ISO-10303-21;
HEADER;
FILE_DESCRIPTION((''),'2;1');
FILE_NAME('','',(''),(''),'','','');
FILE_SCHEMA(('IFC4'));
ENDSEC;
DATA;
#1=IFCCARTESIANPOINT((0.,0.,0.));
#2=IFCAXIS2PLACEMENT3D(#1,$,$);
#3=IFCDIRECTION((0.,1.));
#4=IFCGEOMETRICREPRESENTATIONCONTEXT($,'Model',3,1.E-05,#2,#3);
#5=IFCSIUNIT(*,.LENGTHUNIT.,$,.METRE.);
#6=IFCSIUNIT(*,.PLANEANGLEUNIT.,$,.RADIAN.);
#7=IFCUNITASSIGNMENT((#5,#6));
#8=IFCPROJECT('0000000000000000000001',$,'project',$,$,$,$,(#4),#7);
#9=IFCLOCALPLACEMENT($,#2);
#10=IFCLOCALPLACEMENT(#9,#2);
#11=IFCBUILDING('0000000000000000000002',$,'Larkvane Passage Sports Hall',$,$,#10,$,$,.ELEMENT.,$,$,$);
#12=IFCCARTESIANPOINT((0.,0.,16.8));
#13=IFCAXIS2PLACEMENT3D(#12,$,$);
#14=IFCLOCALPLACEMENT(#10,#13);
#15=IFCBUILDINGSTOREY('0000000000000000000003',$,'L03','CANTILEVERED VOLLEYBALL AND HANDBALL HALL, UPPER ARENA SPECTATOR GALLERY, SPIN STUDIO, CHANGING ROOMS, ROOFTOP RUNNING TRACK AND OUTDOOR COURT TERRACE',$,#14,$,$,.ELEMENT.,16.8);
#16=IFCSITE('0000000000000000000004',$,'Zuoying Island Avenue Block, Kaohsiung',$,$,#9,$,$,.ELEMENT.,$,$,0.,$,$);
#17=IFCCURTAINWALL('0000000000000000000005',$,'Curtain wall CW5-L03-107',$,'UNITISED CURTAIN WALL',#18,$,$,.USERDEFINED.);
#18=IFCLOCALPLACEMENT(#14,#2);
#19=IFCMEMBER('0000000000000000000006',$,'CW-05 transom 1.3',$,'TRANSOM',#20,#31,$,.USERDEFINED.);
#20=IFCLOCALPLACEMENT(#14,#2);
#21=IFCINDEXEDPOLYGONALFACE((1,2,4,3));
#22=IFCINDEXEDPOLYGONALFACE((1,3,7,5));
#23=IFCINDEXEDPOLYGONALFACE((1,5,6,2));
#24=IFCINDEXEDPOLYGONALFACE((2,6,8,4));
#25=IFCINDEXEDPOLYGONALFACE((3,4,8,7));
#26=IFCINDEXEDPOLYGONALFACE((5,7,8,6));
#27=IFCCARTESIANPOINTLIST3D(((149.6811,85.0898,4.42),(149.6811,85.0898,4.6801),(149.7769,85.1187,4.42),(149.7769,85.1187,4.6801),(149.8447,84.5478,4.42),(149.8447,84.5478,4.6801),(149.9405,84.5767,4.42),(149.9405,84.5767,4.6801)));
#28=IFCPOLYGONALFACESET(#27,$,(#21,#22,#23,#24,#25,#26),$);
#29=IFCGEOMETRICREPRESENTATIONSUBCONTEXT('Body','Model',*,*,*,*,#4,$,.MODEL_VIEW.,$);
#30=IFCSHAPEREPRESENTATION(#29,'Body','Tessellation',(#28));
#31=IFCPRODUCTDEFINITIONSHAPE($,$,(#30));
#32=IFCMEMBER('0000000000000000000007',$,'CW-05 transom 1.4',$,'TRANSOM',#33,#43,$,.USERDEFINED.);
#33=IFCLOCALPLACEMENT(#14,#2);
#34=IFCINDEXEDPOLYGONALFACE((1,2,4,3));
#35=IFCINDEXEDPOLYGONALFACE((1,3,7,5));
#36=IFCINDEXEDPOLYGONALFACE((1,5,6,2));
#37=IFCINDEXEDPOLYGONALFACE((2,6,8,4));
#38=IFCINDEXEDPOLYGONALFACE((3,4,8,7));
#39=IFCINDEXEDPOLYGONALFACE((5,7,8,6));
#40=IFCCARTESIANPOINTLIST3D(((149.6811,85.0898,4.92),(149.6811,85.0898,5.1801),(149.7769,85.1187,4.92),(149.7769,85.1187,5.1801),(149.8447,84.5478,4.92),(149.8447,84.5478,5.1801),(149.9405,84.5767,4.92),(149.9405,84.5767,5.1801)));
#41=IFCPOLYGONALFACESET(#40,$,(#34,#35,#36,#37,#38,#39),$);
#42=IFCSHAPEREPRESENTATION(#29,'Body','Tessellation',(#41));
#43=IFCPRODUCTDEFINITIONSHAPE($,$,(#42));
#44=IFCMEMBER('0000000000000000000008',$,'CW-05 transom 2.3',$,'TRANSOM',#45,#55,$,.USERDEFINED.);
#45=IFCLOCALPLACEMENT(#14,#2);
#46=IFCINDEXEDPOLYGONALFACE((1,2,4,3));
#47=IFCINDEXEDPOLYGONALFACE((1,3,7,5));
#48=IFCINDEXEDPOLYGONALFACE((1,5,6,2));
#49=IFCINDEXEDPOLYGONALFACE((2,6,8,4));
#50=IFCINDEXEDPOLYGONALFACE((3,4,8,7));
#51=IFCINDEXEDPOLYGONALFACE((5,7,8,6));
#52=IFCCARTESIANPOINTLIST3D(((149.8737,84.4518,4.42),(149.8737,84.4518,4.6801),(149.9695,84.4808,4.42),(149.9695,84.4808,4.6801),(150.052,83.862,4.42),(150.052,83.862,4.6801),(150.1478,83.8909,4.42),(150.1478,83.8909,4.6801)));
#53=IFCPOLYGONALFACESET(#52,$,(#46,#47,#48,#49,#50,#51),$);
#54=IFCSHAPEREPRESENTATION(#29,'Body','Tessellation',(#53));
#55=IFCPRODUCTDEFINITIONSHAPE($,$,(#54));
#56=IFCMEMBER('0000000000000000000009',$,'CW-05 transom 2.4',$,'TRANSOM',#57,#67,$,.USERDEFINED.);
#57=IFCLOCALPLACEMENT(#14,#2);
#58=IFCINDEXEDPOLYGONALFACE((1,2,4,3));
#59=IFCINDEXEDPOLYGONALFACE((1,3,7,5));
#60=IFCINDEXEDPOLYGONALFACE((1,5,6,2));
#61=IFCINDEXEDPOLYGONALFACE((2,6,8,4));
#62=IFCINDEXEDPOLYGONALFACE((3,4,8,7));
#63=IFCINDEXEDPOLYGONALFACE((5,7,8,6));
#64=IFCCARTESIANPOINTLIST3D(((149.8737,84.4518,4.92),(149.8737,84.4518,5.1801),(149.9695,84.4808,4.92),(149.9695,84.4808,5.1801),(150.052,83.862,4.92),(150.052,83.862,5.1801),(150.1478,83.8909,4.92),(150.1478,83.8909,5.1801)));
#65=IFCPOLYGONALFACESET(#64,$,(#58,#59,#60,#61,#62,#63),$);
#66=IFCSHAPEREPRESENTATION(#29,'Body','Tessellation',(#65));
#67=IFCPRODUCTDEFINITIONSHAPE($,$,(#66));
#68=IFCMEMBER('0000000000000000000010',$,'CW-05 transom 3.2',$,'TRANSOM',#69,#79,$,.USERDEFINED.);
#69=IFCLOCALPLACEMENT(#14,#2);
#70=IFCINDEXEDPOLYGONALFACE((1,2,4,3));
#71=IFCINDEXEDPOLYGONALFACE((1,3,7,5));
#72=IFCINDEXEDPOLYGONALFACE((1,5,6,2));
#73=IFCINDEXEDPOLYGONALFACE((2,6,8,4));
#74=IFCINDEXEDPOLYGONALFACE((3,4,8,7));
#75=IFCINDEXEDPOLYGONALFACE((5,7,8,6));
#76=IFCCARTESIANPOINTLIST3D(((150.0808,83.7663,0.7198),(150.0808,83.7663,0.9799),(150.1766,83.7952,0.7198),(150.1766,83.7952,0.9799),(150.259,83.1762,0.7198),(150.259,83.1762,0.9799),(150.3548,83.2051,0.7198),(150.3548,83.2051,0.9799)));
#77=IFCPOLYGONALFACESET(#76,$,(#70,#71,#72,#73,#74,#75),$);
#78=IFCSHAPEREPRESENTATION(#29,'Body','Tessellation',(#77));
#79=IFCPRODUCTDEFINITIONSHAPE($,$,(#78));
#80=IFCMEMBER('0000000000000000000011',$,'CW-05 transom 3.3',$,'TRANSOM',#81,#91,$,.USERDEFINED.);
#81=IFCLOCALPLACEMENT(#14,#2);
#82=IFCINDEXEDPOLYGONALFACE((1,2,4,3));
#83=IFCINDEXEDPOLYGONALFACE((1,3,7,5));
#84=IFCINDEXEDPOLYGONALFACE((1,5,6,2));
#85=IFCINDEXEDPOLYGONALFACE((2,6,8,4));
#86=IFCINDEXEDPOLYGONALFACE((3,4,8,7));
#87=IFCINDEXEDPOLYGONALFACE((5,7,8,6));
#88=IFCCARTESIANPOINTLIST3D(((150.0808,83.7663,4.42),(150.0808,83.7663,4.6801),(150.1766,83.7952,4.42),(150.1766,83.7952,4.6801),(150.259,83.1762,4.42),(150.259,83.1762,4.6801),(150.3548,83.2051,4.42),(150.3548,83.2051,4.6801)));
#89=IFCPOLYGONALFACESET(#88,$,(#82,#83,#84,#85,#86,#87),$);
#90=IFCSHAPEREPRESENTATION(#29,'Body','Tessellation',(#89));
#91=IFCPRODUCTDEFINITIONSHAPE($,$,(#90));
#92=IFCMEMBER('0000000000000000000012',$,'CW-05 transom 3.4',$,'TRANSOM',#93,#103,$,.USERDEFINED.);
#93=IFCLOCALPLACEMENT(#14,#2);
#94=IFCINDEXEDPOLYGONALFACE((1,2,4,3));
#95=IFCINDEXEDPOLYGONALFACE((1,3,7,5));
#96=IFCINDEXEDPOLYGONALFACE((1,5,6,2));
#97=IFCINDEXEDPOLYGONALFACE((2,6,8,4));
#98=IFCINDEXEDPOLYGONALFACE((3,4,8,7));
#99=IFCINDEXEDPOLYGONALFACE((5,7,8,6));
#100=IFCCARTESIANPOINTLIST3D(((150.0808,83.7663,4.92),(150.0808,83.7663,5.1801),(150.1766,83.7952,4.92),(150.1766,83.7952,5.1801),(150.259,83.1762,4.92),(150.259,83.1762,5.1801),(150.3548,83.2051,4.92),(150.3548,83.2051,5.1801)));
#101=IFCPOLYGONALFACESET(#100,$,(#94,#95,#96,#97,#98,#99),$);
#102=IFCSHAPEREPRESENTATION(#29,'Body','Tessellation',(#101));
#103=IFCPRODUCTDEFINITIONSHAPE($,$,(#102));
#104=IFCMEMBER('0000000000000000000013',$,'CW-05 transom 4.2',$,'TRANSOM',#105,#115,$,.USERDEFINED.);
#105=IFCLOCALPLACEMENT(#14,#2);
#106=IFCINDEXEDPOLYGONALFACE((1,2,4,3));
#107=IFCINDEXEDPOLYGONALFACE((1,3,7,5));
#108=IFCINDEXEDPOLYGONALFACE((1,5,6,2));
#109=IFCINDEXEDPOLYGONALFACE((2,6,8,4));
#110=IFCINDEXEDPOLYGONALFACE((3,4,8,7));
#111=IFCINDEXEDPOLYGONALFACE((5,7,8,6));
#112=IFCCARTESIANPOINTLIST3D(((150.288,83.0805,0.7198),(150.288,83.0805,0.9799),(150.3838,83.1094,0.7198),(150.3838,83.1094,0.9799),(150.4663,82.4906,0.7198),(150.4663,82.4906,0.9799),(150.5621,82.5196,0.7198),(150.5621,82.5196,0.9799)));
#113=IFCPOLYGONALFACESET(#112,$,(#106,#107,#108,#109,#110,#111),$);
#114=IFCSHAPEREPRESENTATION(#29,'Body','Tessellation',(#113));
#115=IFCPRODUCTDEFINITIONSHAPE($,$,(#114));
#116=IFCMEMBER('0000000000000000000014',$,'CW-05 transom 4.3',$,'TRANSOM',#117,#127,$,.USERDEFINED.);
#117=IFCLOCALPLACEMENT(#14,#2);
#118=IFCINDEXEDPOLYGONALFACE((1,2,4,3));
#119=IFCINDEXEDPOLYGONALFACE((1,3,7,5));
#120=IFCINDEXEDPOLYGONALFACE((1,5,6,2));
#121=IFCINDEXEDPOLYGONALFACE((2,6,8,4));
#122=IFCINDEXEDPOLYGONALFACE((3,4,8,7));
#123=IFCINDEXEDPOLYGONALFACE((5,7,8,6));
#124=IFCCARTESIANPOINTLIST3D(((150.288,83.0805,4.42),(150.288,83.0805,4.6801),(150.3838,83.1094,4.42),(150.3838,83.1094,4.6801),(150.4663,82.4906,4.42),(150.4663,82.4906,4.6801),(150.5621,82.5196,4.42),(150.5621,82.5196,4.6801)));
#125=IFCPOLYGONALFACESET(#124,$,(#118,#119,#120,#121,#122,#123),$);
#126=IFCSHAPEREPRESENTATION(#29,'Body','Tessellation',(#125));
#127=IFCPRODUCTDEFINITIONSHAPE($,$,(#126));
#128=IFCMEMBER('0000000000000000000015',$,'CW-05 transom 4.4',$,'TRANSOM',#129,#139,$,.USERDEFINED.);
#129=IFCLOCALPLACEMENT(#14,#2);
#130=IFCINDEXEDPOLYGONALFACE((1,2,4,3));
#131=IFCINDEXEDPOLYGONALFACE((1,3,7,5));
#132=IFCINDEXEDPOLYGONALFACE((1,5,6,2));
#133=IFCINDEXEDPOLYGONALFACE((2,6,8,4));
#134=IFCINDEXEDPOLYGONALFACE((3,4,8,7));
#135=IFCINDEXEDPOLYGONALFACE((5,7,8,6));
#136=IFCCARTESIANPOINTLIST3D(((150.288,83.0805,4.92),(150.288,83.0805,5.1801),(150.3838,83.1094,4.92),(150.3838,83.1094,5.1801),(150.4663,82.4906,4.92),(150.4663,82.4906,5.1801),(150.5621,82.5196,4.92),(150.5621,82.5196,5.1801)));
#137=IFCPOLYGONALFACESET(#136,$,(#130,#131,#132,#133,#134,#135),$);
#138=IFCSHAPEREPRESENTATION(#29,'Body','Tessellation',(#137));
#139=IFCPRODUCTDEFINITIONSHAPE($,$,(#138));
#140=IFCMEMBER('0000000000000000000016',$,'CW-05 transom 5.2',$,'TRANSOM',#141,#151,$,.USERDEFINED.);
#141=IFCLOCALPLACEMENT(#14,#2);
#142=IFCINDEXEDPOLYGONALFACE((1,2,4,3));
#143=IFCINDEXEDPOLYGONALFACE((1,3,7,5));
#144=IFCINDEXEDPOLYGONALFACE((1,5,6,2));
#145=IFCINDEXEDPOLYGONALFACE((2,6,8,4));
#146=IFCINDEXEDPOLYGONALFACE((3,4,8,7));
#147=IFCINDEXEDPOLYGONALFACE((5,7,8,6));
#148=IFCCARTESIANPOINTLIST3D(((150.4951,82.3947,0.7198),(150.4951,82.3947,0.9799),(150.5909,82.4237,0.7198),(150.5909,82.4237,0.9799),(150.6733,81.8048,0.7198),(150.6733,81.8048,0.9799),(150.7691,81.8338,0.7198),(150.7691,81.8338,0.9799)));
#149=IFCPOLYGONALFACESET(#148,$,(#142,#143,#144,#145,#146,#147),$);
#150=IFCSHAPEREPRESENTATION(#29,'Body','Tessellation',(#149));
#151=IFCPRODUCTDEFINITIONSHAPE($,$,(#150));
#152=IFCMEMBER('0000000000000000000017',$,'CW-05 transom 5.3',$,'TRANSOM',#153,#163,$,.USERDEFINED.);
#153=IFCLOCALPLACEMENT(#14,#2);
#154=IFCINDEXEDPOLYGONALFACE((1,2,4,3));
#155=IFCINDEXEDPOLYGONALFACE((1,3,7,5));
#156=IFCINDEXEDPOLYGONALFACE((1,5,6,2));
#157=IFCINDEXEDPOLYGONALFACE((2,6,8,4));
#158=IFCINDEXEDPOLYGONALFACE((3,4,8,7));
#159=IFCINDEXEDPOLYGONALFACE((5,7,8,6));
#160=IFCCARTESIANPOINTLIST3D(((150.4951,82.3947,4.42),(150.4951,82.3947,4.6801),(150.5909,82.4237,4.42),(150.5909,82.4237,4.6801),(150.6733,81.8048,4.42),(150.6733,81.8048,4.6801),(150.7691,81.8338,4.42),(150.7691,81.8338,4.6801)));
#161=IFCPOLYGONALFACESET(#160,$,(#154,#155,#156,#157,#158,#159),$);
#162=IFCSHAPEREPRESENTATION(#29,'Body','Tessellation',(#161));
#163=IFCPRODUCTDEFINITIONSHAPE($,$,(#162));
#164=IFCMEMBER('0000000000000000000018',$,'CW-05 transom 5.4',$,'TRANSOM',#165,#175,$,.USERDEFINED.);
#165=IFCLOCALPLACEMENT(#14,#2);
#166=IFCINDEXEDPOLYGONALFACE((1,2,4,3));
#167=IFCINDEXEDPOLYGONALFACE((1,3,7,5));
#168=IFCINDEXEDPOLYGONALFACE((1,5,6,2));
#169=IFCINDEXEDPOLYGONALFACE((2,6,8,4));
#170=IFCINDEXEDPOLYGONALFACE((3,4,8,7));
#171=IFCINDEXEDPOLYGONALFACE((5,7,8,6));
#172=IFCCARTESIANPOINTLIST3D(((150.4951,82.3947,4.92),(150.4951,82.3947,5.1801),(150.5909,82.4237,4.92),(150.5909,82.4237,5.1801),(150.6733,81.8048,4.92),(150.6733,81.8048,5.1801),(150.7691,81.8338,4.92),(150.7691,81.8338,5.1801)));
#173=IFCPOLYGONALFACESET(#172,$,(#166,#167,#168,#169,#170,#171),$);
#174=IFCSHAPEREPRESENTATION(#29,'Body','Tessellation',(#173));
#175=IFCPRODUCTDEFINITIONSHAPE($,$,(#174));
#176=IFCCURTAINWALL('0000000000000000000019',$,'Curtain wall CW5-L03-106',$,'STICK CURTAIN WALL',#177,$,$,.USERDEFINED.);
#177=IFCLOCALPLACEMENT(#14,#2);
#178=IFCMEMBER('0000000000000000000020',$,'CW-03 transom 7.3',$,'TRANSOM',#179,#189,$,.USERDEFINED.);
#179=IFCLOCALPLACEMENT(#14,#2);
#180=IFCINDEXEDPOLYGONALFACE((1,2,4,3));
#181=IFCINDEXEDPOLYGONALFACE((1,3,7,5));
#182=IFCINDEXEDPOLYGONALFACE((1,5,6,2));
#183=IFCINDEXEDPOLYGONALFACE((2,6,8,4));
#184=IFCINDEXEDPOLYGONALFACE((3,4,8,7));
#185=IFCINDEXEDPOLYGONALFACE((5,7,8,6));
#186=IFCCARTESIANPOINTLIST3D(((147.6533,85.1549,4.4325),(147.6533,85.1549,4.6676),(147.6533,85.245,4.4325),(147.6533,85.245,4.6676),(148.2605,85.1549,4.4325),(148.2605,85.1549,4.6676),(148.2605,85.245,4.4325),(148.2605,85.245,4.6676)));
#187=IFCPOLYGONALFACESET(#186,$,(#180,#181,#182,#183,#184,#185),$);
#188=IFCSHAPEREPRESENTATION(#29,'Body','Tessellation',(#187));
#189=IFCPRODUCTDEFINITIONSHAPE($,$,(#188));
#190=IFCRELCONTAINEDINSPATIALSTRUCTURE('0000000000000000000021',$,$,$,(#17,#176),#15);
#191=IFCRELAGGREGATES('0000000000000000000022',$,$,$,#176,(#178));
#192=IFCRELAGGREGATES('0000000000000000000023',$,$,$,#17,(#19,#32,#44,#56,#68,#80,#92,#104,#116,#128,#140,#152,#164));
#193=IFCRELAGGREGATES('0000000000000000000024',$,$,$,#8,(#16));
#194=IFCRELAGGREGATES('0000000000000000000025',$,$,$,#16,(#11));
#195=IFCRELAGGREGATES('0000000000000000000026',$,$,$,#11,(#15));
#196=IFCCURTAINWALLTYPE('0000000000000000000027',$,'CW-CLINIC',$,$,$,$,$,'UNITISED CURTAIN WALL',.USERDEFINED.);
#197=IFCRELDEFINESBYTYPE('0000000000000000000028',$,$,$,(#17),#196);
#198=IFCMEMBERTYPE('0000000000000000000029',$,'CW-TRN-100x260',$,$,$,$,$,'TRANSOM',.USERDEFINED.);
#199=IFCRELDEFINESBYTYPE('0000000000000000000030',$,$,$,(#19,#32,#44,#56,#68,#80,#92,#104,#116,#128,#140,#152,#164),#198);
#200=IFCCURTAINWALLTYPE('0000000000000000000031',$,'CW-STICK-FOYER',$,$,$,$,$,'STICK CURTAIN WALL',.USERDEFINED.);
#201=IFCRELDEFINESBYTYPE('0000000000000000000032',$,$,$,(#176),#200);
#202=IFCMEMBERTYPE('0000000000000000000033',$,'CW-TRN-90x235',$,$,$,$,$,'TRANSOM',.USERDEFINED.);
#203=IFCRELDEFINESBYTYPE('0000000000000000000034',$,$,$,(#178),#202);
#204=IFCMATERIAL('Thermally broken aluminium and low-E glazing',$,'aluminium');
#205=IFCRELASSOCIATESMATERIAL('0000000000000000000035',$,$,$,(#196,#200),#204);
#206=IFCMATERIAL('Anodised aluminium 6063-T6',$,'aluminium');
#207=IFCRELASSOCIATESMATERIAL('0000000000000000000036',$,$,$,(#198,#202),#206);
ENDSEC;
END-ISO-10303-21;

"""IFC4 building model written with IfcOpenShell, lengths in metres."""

from ifc_helpers import new_model, si_unit, direction, frame, origin, origin_2d, place, context, subcontext, project, spatial, rectangle, extrude, material, material_profile, profile_set, type_object, element, aggregate, save


model = new_model("IFC4")

# Units and contexts
model_context = context("Model", 3, precision=1e-05, world=origin(), true_north=direction((0.0, 1.0)))
body_context = subcontext(model_context, "Body", "Model", "MODEL_VIEW")
ifc_project = project(units=[si_unit("LENGTHUNIT", "METRE"), si_unit("PLANEANGLEUNIT", "RADIAN")], contexts=[model_context])

# Site, building, storey
site_placement = place(None, origin())
site = spatial("IfcSite", under=ifc_project, at=site_placement, Name="Zuoying Island Avenue Block, Kaohsiung", CompositionType="ELEMENT", RefElevation=0.0)
building_placement = place(site_placement, origin())
building = spatial("IfcBuilding", under=site, at=building_placement, Name="Larkvane Passage Sports Hall", CompositionType="ELEMENT")
storey_placement = place(building_placement, frame((0.0, 0.0, 16.8)))
storey = spatial("IfcBuildingStorey", under=building, at=storey_placement, Name="L03", Description="CANTILEVERED VOLLEYBALL AND HANDBALL HALL, UPPER ARENA SPECTATOR GALLERY, SPIN STUDIO, CHANGING ROOMS, ROOFTOP RUNNING TRACK AND OUTDOOR COURT TERRACE", CompositionType="ELEMENT", Elevation=16.8)

# Curtain wall, members
ifc_material_1 = material(Name="Thermally broken aluminium and low-E glazing", Category="aluminium")
curtain_wall_type_1 = type_object("IfcCurtainWallType", Name="CW-CLINIC", ElementType="UNITISED CURTAIN WALL", PredefinedType="USERDEFINED", material=ifc_material_1)
curtain_wall_1_placement = place(storey_placement, origin())
curtain_wall_1 = element("IfcCurtainWall", 1, at=curtain_wall_1_placement, inside=storey, type_object=curtain_wall_type_1, Name="Curtain wall CW5-L03-107", ObjectType="UNITISED CURTAIN WALL", PredefinedType="USERDEFINED")
ifc_material_2 = material(Name="Anodised aluminium 6063-T6", Category="aluminium")
ifc_material_profile_1 = material_profile(ifc_material_2, rectangle(XDim=0.1001, YDim=0.26, at=origin_2d()), Name="ALU-TRN-100x260")
ifc_profile_set_1 = profile_set([ifc_material_profile_1], Name="Anodised aluminium 6063-T6")
member_type_1 = type_object("IfcMemberType", Name="CW-TRN-100x260", ElementType="TRANSOM", PredefinedType="USERDEFINED", material=ifc_profile_set_1)
member_1_placement = place(storey_placement, frame((149.729, 85.1042, 4.55), z_axis=(0.28893, -0.95735, 0.0), x_axis=(0.95735, 0.28893, 0.0)))
member_1 = element("IfcMember", 2, at=member_1_placement, type_object=member_type_1, Name="CW-05 transom 1.3", ObjectType="TRANSOM", PredefinedType="USERDEFINED", context=body_context, shape_type="SweptSolid", body=[
    extrude(rectangle(XDim=0.1001, YDim=0.26, at=origin_2d()), origin(), (0.0, 0.0, 1.0), 0.5662),
])
member_2_placement = place(storey_placement, frame((149.729, 85.1042, 5.05), z_axis=(0.28893, -0.95735, 0.0), x_axis=(0.95735, 0.28893, 0.0)))
member_2 = element("IfcMember", 3, at=member_2_placement, type_object=member_type_1, Name="CW-05 transom 1.4", ObjectType="TRANSOM", PredefinedType="USERDEFINED", context=body_context, shape_type="SweptSolid", body=[
    extrude(rectangle(XDim=0.1001, YDim=0.26, at=origin_2d()), origin(), (0.0, 0.0, 1.0), 0.5662),
])
member_3_placement = place(storey_placement, frame((149.9216, 84.4663, 4.55), z_axis=(0.289238, -0.957257, 0.0), x_axis=(0.957257, 0.289238, 0.0)))
member_3 = element("IfcMember", 4, at=member_3_placement, type_object=member_type_1, Name="CW-05 transom 2.3", ObjectType="TRANSOM", PredefinedType="USERDEFINED", context=body_context, shape_type="SweptSolid", body=[
    extrude(rectangle(XDim=0.1001, YDim=0.26, at=origin_2d()), origin(), (0.0, 0.0, 1.0), 0.6162),
])
member_4_placement = place(storey_placement, frame((149.9216, 84.4663, 5.05), z_axis=(0.289238, -0.957257, 0.0), x_axis=(0.957257, 0.289238, 0.0)))
member_4 = element("IfcMember", 5, at=member_4_placement, type_object=member_type_1, Name="CW-05 transom 2.4", ObjectType="TRANSOM", PredefinedType="USERDEFINED", context=body_context, shape_type="SweptSolid", body=[
    extrude(rectangle(XDim=0.1001, YDim=0.26, at=origin_2d()), origin(), (0.0, 0.0, 1.0), 0.6162),
])
member_5_placement = place(storey_placement, frame((150.1287, 83.7808, 0.8499), z_axis=(0.289128, -0.95729, 0.0), x_axis=(0.95729, 0.289128, 0.0)))
member_5 = element("IfcMember", 6, at=member_5_placement, type_object=member_type_1, Name="CW-05 transom 3.2", ObjectType="TRANSOM", PredefinedType="USERDEFINED", context=body_context, shape_type="SweptSolid", body=[
    extrude(rectangle(XDim=0.1001, YDim=0.26, at=origin_2d()), origin(), (0.0, 0.0, 1.0), 0.6165),
])
member_6_placement = place(storey_placement, frame((150.1287, 83.7808, 4.55), z_axis=(0.289128, -0.95729, 0.0), x_axis=(0.95729, 0.289128, 0.0)))
member_6 = element("IfcMember", 7, at=member_6_placement, type_object=member_type_1, Name="CW-05 transom 3.3", ObjectType="TRANSOM", PredefinedType="USERDEFINED", context=body_context, shape_type="SweptSolid", body=[
    extrude(rectangle(XDim=0.1001, YDim=0.26, at=origin_2d()), origin(), (0.0, 0.0, 1.0), 0.6165),
])
member_7_placement = place(storey_placement, frame((150.1287, 83.7808, 5.05), z_axis=(0.289128, -0.95729, 0.0), x_axis=(0.95729, 0.289128, 0.0)))
member_7 = element("IfcMember", 8, at=member_7_placement, type_object=member_type_1, Name="CW-05 transom 3.4", ObjectType="TRANSOM", PredefinedType="USERDEFINED", context=body_context, shape_type="SweptSolid", body=[
    extrude(rectangle(XDim=0.1001, YDim=0.26, at=origin_2d()), origin(), (0.0, 0.0, 1.0), 0.6165),
])
member_8_placement = place(storey_placement, frame((150.3359, 83.095, 0.8499), z_axis=(0.289238, -0.957257, 0.0), x_axis=(0.957257, 0.289238, 0.0)))
member_8 = element("IfcMember", 9, at=member_8_placement, type_object=member_type_1, Name="CW-05 transom 4.2", ObjectType="TRANSOM", PredefinedType="USERDEFINED", context=body_context, shape_type="SweptSolid", body=[
    extrude(rectangle(XDim=0.1001, YDim=0.26, at=origin_2d()), origin(), (0.0, 0.0, 1.0), 0.6162),
])
member_9_placement = place(storey_placement, frame((150.3359, 83.095, 4.55), z_axis=(0.289238, -0.957257, 0.0), x_axis=(0.957257, 0.289238, 0.0)))
member_9 = element("IfcMember", 10, at=member_9_placement, type_object=member_type_1, Name="CW-05 transom 4.3", ObjectType="TRANSOM", PredefinedType="USERDEFINED", context=body_context, shape_type="SweptSolid", body=[
    extrude(rectangle(XDim=0.1001, YDim=0.26, at=origin_2d()), origin(), (0.0, 0.0, 1.0), 0.6162),
])
member_10_placement = place(storey_placement, frame((150.3359, 83.095, 5.05), z_axis=(0.289238, -0.957257, 0.0), x_axis=(0.957257, 0.289238, 0.0)))
member_10 = element("IfcMember", 11, at=member_10_placement, type_object=member_type_1, Name="CW-05 transom 4.4", ObjectType="TRANSOM", PredefinedType="USERDEFINED", context=body_context, shape_type="SweptSolid", body=[
    extrude(rectangle(XDim=0.1001, YDim=0.26, at=origin_2d()), origin(), (0.0, 0.0, 1.0), 0.6162),
])
member_11_placement = place(storey_placement, frame((150.543, 82.4092, 0.8499), z_axis=(0.289238, -0.957257, 0.0), x_axis=(0.957257, 0.289238, 0.0)))
member_11 = element("IfcMember", 12, at=member_11_placement, type_object=member_type_1, Name="CW-05 transom 5.2", ObjectType="TRANSOM", PredefinedType="USERDEFINED", context=body_context, shape_type="SweptSolid", body=[
    extrude(rectangle(XDim=0.1001, YDim=0.26, at=origin_2d()), origin(), (0.0, 0.0, 1.0), 0.6162),
])
member_12_placement = place(storey_placement, frame((150.543, 82.4092, 4.55), z_axis=(0.289238, -0.957257, 0.0), x_axis=(0.957257, 0.289238, 0.0)))
member_12 = element("IfcMember", 13, at=member_12_placement, type_object=member_type_1, Name="CW-05 transom 5.3", ObjectType="TRANSOM", PredefinedType="USERDEFINED", context=body_context, shape_type="SweptSolid", body=[
    extrude(rectangle(XDim=0.1001, YDim=0.26, at=origin_2d()), origin(), (0.0, 0.0, 1.0), 0.6162),
])
member_13_placement = place(storey_placement, frame((150.543, 82.4092, 5.05), z_axis=(0.289238, -0.957257, 0.0), x_axis=(0.957257, 0.289238, 0.0)))
member_13 = element("IfcMember", 14, at=member_13_placement, type_object=member_type_1, Name="CW-05 transom 5.4", ObjectType="TRANSOM", PredefinedType="USERDEFINED", context=body_context, shape_type="SweptSolid", body=[
    extrude(rectangle(XDim=0.1001, YDim=0.26, at=origin_2d()), origin(), (0.0, 0.0, 1.0), 0.6162),
])

# Curtain wall, member
curtain_wall_type_2 = type_object("IfcCurtainWallType", Name="CW-STICK-FOYER", ElementType="STICK CURTAIN WALL", PredefinedType="USERDEFINED", material=ifc_material_1)
curtain_wall_2_placement = place(storey_placement, origin())
curtain_wall_2 = element("IfcCurtainWall", 15, at=curtain_wall_2_placement, inside=storey, type_object=curtain_wall_type_2, Name="Curtain wall CW5-L03-106", ObjectType="STICK CURTAIN WALL", PredefinedType="USERDEFINED")
ifc_material_profile_2 = material_profile(ifc_material_2, rectangle(XDim=0.0901, YDim=0.2351, at=origin_2d()), Name="ALU-TRN-90x235")
ifc_profile_set_2 = profile_set([ifc_material_profile_2], Name="Anodised aluminium 6063-T6")
member_type_2 = type_object("IfcMemberType", Name="CW-TRN-90x235", ElementType="TRANSOM", PredefinedType="USERDEFINED", material=ifc_profile_set_2)
member_14_placement = place(storey_placement, frame((147.6533, 85.2, 4.55), z_axis=(1.0, 0.0, 0.0), x_axis=(0.0, 1.0, 0.0)))
member_14 = element("IfcMember", 16, at=member_14_placement, type_object=member_type_2, Name="CW-03 transom 7.3", ObjectType="TRANSOM", PredefinedType="USERDEFINED", context=body_context, shape_type="SweptSolid", body=[
    extrude(rectangle(XDim=0.0901, YDim=0.2351, at=origin_2d()), origin(), (0.0, 0.0, 1.0), 0.6072),
])
aggregate(curtain_wall_2, [member_14])

aggregate(curtain_wall_1, [member_1, member_2, member_3, member_4, member_5, member_6, member_7, member_8, member_9, member_10, member_11, member_12, member_13])

save(model, "model.ifc")
